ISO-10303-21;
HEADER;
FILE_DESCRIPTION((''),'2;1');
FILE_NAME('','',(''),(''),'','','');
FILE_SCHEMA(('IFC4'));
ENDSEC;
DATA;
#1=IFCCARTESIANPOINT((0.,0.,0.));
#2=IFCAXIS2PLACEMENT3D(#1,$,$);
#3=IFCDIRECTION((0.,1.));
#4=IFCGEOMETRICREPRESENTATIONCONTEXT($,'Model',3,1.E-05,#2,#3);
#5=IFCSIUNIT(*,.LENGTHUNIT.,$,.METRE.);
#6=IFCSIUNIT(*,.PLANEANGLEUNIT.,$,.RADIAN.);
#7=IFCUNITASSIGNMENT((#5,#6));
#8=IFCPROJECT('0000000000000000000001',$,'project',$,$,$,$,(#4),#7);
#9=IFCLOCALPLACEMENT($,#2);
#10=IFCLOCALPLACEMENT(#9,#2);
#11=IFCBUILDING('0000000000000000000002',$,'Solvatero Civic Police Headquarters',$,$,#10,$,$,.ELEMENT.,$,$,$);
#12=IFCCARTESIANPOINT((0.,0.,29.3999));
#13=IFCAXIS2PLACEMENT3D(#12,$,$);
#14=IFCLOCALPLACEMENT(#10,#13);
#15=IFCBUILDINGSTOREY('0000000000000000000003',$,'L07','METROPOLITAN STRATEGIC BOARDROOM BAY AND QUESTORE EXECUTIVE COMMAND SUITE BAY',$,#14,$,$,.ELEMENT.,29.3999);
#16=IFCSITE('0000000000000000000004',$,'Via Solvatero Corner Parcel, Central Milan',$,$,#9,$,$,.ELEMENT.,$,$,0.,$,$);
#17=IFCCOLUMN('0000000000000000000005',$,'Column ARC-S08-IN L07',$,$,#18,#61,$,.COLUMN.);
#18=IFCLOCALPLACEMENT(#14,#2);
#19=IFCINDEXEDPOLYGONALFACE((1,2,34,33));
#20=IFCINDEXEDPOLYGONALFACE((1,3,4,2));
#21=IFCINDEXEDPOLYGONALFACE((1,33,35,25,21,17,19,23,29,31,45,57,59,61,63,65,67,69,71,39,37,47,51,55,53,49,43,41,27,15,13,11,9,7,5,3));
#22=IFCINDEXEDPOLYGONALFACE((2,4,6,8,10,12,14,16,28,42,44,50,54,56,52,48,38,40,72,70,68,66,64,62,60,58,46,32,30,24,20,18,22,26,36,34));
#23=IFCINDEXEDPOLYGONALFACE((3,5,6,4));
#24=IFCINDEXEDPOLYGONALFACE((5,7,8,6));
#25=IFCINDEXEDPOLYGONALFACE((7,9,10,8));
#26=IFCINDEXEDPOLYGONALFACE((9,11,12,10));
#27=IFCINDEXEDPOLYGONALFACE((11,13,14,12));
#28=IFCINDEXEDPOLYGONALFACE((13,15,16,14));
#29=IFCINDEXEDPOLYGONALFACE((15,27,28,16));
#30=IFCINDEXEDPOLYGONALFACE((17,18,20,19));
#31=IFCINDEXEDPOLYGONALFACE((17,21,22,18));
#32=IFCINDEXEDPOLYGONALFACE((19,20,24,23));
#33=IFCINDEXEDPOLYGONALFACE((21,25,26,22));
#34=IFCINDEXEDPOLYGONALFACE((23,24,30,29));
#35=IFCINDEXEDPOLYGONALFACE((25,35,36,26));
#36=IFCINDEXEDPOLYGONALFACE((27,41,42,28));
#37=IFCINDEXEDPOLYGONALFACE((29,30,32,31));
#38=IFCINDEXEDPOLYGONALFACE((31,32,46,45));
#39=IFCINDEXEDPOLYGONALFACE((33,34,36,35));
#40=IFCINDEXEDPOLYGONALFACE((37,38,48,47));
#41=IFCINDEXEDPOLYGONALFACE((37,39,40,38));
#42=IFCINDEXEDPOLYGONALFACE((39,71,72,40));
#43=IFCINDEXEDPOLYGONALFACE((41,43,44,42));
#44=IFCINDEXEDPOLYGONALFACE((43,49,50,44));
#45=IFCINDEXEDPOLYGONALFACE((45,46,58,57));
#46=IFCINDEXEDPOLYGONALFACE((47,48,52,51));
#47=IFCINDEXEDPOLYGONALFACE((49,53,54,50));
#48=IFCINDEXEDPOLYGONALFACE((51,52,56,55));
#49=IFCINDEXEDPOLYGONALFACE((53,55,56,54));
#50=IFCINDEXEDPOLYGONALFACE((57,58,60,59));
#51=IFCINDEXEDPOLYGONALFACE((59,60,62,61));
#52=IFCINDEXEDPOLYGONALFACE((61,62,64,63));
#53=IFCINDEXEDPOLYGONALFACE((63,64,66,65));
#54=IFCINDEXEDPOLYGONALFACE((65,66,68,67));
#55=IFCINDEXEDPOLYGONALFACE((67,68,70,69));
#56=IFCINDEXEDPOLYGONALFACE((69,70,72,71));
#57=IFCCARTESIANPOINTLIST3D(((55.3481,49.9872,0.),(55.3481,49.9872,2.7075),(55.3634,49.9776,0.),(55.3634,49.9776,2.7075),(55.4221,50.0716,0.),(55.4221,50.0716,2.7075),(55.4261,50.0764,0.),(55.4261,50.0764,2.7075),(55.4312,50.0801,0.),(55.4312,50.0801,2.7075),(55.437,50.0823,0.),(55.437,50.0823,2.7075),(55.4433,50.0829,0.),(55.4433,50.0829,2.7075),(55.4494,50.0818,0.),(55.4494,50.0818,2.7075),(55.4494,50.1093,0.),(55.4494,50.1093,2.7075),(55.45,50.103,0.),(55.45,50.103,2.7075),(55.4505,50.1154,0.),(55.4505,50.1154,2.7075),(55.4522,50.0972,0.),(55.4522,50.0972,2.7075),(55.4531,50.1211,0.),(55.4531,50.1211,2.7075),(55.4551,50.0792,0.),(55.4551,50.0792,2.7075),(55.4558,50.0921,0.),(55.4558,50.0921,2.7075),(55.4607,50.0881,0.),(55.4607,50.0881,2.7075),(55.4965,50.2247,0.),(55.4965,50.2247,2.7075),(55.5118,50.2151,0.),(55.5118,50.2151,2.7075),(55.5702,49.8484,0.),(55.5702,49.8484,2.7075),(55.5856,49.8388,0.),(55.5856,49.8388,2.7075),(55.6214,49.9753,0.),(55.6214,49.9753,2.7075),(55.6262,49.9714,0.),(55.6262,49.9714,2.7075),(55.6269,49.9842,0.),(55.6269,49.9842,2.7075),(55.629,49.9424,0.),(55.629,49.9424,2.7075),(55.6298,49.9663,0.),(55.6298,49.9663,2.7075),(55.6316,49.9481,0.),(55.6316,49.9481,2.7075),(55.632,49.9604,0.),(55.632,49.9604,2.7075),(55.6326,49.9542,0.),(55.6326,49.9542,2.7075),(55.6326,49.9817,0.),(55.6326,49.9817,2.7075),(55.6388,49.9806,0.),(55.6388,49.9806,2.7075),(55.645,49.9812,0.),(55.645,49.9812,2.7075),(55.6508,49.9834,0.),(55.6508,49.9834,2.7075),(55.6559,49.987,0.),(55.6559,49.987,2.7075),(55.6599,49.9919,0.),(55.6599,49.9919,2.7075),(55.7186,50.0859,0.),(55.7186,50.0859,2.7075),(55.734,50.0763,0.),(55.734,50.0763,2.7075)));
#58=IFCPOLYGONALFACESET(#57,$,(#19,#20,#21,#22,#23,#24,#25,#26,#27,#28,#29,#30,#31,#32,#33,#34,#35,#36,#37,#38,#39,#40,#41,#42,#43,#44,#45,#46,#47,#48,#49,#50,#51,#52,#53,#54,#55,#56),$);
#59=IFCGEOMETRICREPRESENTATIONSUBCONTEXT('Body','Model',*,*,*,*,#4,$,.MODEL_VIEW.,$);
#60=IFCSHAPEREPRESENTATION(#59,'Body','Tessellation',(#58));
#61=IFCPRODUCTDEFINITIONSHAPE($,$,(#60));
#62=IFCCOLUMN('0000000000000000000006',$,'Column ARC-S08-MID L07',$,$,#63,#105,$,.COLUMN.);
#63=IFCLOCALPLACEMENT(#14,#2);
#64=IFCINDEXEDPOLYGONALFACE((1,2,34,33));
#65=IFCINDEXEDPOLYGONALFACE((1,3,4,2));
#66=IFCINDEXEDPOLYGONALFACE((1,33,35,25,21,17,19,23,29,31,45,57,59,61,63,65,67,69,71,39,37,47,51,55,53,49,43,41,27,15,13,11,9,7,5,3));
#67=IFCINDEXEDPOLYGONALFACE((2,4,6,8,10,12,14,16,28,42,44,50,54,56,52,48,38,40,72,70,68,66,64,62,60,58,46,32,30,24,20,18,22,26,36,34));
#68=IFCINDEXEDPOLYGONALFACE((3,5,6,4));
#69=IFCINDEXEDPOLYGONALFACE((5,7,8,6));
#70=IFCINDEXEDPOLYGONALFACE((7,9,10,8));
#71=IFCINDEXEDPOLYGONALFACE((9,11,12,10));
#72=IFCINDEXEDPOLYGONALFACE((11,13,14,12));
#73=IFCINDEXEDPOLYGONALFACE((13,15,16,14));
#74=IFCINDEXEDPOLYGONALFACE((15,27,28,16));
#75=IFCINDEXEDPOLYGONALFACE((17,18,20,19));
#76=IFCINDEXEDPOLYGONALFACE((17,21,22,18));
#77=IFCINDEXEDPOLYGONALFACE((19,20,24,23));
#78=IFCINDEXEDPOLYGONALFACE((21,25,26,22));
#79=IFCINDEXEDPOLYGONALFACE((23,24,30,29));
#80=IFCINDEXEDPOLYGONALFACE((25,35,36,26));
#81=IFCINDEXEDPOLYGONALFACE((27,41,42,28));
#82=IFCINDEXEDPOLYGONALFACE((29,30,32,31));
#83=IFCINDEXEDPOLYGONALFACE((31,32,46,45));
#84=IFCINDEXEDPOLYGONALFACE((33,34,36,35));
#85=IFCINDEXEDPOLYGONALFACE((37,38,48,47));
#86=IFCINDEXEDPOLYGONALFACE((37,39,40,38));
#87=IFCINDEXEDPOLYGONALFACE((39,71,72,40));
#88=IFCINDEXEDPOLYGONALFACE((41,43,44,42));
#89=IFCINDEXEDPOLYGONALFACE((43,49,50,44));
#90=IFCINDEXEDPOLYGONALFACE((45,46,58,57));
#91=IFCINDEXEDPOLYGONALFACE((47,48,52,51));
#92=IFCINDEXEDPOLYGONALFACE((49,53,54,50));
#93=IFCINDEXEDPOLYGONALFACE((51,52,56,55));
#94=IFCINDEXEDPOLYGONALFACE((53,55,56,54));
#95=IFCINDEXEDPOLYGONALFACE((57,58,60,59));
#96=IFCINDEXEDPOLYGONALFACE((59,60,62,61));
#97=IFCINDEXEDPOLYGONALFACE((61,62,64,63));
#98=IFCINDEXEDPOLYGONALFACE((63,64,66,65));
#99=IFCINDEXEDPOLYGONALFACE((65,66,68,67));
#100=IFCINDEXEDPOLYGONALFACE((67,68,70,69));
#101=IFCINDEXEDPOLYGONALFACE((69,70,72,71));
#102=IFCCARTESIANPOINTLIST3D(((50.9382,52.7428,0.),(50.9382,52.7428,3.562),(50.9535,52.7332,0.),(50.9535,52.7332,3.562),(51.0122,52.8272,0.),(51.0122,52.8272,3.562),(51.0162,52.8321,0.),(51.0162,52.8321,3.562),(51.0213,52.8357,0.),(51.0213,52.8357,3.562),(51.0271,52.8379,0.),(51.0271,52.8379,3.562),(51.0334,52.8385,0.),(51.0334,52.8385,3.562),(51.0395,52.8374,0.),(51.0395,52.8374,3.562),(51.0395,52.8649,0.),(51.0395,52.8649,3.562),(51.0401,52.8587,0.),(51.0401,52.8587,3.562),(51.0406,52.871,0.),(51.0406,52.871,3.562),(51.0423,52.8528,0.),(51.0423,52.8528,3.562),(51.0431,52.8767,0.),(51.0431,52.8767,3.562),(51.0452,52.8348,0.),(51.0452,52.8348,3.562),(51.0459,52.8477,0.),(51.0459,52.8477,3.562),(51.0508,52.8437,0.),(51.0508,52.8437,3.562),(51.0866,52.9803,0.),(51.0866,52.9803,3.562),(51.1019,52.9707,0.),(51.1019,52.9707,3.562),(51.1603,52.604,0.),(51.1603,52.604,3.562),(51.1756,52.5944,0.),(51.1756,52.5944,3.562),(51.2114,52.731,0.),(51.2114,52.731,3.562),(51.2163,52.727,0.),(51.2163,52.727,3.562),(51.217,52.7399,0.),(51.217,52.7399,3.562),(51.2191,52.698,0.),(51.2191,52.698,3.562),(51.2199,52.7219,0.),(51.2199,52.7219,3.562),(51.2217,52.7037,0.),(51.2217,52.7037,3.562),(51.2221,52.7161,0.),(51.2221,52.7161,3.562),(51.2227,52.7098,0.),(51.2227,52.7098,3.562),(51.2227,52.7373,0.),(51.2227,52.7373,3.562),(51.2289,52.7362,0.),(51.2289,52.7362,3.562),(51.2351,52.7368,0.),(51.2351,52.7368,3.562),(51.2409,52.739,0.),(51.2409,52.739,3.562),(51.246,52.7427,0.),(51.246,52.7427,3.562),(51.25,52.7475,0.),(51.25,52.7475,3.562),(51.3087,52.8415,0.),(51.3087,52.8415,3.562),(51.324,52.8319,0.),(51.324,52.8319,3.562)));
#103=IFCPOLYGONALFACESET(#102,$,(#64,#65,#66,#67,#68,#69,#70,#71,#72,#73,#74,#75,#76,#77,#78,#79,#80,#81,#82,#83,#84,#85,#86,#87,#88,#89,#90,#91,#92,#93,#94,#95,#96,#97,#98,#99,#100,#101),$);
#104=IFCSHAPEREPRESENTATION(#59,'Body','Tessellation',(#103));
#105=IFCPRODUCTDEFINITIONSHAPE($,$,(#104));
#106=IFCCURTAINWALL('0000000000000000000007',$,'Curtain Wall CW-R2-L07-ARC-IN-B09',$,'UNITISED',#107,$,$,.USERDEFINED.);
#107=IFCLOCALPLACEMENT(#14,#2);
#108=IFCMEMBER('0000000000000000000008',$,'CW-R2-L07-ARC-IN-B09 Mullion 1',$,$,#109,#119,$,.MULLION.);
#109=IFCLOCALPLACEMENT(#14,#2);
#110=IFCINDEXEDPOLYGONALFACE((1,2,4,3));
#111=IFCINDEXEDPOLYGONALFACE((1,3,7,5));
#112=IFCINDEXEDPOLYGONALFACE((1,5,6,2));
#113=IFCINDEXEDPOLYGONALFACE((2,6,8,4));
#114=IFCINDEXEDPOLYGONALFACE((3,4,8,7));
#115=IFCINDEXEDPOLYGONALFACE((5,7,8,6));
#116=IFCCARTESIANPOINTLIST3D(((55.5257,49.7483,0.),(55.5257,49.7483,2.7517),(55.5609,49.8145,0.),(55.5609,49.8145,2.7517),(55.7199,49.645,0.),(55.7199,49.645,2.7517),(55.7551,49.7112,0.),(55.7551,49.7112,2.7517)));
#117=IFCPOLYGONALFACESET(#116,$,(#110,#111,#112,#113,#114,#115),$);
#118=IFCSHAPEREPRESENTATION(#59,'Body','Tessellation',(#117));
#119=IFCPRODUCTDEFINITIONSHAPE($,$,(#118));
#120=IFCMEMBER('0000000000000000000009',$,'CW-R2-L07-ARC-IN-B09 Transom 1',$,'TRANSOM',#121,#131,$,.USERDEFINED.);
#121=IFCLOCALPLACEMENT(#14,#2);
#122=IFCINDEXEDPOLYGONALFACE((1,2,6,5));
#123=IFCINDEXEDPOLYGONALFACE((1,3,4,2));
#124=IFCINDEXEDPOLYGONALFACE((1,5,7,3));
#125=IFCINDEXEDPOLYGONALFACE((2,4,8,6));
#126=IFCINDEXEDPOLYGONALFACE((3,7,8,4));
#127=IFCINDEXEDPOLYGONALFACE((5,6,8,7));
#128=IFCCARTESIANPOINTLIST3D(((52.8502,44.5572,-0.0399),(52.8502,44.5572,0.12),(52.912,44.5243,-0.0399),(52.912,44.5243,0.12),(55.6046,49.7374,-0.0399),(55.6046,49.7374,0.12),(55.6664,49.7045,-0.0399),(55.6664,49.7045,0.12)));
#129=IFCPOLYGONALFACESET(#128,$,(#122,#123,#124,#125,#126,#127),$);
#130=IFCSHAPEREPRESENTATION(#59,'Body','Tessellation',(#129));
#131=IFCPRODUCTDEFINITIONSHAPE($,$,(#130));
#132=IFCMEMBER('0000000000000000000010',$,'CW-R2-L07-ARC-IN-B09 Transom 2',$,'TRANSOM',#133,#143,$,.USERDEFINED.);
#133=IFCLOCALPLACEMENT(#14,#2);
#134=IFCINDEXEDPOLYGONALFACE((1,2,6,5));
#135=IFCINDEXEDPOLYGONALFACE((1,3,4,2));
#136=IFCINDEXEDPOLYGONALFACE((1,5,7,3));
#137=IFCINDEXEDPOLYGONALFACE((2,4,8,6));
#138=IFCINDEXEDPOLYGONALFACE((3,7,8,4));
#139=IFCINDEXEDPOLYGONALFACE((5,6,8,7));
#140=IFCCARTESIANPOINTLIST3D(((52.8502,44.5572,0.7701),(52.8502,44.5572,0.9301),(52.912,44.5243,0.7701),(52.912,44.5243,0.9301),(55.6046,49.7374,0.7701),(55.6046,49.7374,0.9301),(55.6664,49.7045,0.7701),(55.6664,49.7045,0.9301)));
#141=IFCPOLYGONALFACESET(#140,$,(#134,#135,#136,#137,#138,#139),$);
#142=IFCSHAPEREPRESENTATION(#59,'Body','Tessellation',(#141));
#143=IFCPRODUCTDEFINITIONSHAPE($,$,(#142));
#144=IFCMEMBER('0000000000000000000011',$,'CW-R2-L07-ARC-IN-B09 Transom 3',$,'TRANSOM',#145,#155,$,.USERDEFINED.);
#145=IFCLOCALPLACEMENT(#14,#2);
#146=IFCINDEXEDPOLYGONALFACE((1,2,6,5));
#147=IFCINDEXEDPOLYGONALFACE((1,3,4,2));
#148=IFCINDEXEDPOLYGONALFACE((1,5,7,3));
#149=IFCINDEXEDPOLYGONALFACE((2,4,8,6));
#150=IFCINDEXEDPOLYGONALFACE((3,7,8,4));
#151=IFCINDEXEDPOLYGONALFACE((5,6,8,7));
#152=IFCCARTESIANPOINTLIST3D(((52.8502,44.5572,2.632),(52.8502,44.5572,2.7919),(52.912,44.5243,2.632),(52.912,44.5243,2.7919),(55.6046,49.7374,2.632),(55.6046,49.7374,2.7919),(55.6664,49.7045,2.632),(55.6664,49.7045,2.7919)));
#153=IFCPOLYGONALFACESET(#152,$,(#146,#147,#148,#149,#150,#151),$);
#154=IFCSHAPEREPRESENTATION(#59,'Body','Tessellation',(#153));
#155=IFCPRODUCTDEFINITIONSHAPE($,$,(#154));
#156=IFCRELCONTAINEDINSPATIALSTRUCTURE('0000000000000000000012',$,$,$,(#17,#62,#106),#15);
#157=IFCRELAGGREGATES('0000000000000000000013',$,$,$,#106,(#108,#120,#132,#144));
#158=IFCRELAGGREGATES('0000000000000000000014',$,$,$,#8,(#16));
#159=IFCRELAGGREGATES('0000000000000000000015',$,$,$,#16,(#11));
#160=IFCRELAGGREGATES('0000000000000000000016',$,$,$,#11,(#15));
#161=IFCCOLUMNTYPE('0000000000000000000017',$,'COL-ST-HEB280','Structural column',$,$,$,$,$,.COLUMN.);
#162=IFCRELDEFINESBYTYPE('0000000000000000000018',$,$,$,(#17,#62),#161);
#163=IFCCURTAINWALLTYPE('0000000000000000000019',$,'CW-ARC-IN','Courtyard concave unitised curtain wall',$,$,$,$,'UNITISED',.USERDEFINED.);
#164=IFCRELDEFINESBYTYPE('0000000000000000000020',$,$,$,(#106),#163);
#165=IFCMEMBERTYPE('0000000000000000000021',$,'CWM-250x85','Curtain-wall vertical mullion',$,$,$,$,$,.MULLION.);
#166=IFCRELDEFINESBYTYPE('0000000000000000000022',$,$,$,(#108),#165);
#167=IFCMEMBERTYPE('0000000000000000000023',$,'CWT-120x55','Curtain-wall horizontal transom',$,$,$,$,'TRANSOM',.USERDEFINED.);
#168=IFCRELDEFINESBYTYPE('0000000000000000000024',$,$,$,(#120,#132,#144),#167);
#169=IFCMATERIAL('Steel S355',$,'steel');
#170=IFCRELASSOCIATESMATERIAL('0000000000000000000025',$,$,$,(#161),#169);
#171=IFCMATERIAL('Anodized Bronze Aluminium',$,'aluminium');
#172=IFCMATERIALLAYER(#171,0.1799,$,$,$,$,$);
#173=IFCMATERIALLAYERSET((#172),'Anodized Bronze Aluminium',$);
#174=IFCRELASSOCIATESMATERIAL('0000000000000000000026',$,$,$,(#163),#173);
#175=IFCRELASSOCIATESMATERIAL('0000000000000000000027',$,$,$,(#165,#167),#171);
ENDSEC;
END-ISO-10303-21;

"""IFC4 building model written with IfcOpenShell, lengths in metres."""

from ifc_helpers import new_model, si_unit, direction, frame, origin, origin_2d, place, context, subcontext, project, spatial, rectangle, i_section, extrude, material, layer, layer_set, material_profile, profile_set, type_object, element, aggregate, save


model = new_model("IFC4")

# Units and contexts
model_context = context("Model", 3, precision=1e-05, world=origin(), true_north=direction((0.0, 1.0)))
body_context = subcontext(model_context, "Body", "Model", "MODEL_VIEW")
ifc_project = project(units=[si_unit("LENGTHUNIT", "METRE"), si_unit("PLANEANGLEUNIT", "RADIAN")], contexts=[model_context])

# Site, building, storey
site_placement = place(None, origin())
site = spatial("IfcSite", under=ifc_project, at=site_placement, Name="Via Solvatero Corner Parcel, Central Milan", CompositionType="ELEMENT", RefElevation=0.0)
building_placement = place(site_placement, origin())
building = spatial("IfcBuilding", under=site, at=building_placement, Name="Solvatero Civic Police Headquarters", CompositionType="ELEMENT")
storey_placement = place(building_placement, frame((0.0, 0.0, 29.3999)))
storey = spatial("IfcBuildingStorey", under=building, at=storey_placement, Name="L07", Description="METROPOLITAN STRATEGIC BOARDROOM BAY AND QUESTORE EXECUTIVE COMMAND SUITE BAY", CompositionType="ELEMENT", Elevation=29.3999)

# Columns
ifc_material_1 = material(Name="Steel S355", Category="steel")
ifc_material_profile_1 = material_profile(ifc_material_1, i_section(OverallWidth=0.28, OverallDepth=0.28, WebThickness=0.0105, FlangeThickness=0.0181, FilletRadius=0.0239, at=origin_2d()), Name="HEB 280")
ifc_profile_set_1 = profile_set([ifc_material_profile_1], Name="Steel S355")
column_type = type_object("IfcColumnType", Name="COL-ST-HEB280", Description="Structural column", PredefinedType="COLUMN", material=ifc_profile_set_1)
column_1_placement = place(storey_placement, frame((55.541, 50.0317, 0.0), z_axis=(0.0, 0.0, 1.0), x_axis=(0.529919, 0.848048, 0.0)))
element("IfcColumn", 1, at=column_1_placement, inside=storey, type_object=column_type, Name="Column ARC-S08-IN L07", PredefinedType="COLUMN", context=body_context, shape_type="SweptSolid", body=[
    extrude(i_section(OverallWidth=0.28, OverallDepth=0.28, WebThickness=0.0105, FlangeThickness=0.0181, FilletRadius=0.0239, at=origin_2d()), origin(), (0.0, 0.0, 1.0), 2.7075),
])
column_2_placement = place(storey_placement, frame((51.1311, 52.7874, 0.0), z_axis=(0.0, 0.0, 1.0), x_axis=(0.529919, 0.848048, 0.0)))
element("IfcColumn", 2, at=column_2_placement, inside=storey, type_object=column_type, Name="Column ARC-S08-MID L07", PredefinedType="COLUMN", context=body_context, shape_type="SweptSolid", body=[
    extrude(i_section(OverallWidth=0.28, OverallDepth=0.28, WebThickness=0.0105, FlangeThickness=0.0181, FilletRadius=0.0239, at=origin_2d()), origin(), (0.0, 0.0, 1.0), 3.562),
])

# Curtain wall, members
ifc_material_2 = material(Name="Anodized Bronze Aluminium", Category="aluminium")
ifc_layer_1 = layer(ifc_material_2, 0.1799)
ifc_layer_set_1 = layer_set([ifc_layer_1], Name="Anodized Bronze Aluminium")
curtain_wall_type = type_object("IfcCurtainWallType", Name="CW-ARC-IN", Description="Courtyard concave unitised curtain wall", ElementType="UNITISED", PredefinedType="USERDEFINED", material=ifc_layer_set_1)
curtain_wall_placement = place(storey_placement, origin())
curtain_wall = element("IfcCurtainWall", 3, at=curtain_wall_placement, inside=storey, type_object=curtain_wall_type, Name="Curtain Wall CW-R2-L07-ARC-IN-B09", ObjectType="UNITISED", PredefinedType="USERDEFINED")
ifc_material_profile_2 = material_profile(ifc_material_2, rectangle(XDim=0.075, YDim=0.22, at=origin_2d()), Name="ALU MULLION 75x220")
ifc_profile_set_2 = profile_set([ifc_material_profile_2], Name="Anodized Bronze Aluminium")
member_type_1 = type_object("IfcMemberType", Name="CWM-250x85", Description="Curtain-wall vertical mullion", PredefinedType="MULLION", material=ifc_profile_set_2)
member_1_placement = place(storey_placement, frame((55.6404, 49.7297, 0.0), z_axis=(0.0, 0.0, 1.0), x_axis=(-0.469487, -0.882939, 0.0)))
member_1 = element("IfcMember", 4, at=member_1_placement, type_object=member_type_1, Name="CW-R2-L07-ARC-IN-B09 Mullion 1", PredefinedType="MULLION", context=body_context, shape_type="SweptSolid", body=[
    extrude(rectangle(XDim=0.075, YDim=0.22, at=origin_2d()), origin(), (0.0, 0.0, 1.0), 2.7517),
])
ifc_material_profile_3 = material_profile(ifc_material_2, rectangle(XDim=0.0701, YDim=0.1599, at=origin_2d()), Name="ALU TRANSOM 70x160")
ifc_profile_set_3 = profile_set([ifc_material_profile_3], Name="Anodized Bronze Aluminium")
member_type_2 = type_object("IfcMemberType", Name="CWT-120x55", Description="Curtain-wall horizontal transom", ElementType="TRANSOM", PredefinedType="USERDEFINED", material=ifc_profile_set_3)
member_2_placement = place(storey_placement, frame((55.6355, 49.7209, 0.04), z_axis=(-0.469478, -0.882944, 0.0), x_axis=(0.882944, -0.469478, 0.0)))
member_2 = element("IfcMember", 5, at=member_2_placement, type_object=member_type_2, Name="CW-R2-L07-ARC-IN-B09 Transom 1", ObjectType="TRANSOM", PredefinedType="USERDEFINED", context=body_context, shape_type="SweptSolid", body=[
    extrude(rectangle(XDim=0.0701, YDim=0.1599, at=origin_2d()), origin(), (0.0, 0.0, 1.0), 5.8669),
])
member_3_placement = place(storey_placement, frame((55.6355, 49.7209, 0.8501), z_axis=(-0.469478, -0.882944, 0.0), x_axis=(0.882944, -0.469478, 0.0)))
member_3 = element("IfcMember", 6, at=member_3_placement, type_object=member_type_2, Name="CW-R2-L07-ARC-IN-B09 Transom 2", ObjectType="TRANSOM", PredefinedType="USERDEFINED", context=body_context, shape_type="SweptSolid", body=[
    extrude(rectangle(XDim=0.0701, YDim=0.1599, at=origin_2d()), origin(), (0.0, 0.0, 1.0), 5.8669),
])
member_4_placement = place(storey_placement, frame((55.6355, 49.7209, 2.7119), z_axis=(-0.469478, -0.882944, 0.0), x_axis=(0.882944, -0.469478, 0.0)))
member_4 = element("IfcMember", 7, at=member_4_placement, type_object=member_type_2, Name="CW-R2-L07-ARC-IN-B09 Transom 3", ObjectType="TRANSOM", PredefinedType="USERDEFINED", context=body_context, shape_type="SweptSolid", body=[
    extrude(rectangle(XDim=0.0701, YDim=0.1599, at=origin_2d()), origin(), (0.0, 0.0, 1.0), 5.8669),
])
aggregate(curtain_wall, [member_1, member_2, member_3, member_4])

save(model, "model.ifc")
